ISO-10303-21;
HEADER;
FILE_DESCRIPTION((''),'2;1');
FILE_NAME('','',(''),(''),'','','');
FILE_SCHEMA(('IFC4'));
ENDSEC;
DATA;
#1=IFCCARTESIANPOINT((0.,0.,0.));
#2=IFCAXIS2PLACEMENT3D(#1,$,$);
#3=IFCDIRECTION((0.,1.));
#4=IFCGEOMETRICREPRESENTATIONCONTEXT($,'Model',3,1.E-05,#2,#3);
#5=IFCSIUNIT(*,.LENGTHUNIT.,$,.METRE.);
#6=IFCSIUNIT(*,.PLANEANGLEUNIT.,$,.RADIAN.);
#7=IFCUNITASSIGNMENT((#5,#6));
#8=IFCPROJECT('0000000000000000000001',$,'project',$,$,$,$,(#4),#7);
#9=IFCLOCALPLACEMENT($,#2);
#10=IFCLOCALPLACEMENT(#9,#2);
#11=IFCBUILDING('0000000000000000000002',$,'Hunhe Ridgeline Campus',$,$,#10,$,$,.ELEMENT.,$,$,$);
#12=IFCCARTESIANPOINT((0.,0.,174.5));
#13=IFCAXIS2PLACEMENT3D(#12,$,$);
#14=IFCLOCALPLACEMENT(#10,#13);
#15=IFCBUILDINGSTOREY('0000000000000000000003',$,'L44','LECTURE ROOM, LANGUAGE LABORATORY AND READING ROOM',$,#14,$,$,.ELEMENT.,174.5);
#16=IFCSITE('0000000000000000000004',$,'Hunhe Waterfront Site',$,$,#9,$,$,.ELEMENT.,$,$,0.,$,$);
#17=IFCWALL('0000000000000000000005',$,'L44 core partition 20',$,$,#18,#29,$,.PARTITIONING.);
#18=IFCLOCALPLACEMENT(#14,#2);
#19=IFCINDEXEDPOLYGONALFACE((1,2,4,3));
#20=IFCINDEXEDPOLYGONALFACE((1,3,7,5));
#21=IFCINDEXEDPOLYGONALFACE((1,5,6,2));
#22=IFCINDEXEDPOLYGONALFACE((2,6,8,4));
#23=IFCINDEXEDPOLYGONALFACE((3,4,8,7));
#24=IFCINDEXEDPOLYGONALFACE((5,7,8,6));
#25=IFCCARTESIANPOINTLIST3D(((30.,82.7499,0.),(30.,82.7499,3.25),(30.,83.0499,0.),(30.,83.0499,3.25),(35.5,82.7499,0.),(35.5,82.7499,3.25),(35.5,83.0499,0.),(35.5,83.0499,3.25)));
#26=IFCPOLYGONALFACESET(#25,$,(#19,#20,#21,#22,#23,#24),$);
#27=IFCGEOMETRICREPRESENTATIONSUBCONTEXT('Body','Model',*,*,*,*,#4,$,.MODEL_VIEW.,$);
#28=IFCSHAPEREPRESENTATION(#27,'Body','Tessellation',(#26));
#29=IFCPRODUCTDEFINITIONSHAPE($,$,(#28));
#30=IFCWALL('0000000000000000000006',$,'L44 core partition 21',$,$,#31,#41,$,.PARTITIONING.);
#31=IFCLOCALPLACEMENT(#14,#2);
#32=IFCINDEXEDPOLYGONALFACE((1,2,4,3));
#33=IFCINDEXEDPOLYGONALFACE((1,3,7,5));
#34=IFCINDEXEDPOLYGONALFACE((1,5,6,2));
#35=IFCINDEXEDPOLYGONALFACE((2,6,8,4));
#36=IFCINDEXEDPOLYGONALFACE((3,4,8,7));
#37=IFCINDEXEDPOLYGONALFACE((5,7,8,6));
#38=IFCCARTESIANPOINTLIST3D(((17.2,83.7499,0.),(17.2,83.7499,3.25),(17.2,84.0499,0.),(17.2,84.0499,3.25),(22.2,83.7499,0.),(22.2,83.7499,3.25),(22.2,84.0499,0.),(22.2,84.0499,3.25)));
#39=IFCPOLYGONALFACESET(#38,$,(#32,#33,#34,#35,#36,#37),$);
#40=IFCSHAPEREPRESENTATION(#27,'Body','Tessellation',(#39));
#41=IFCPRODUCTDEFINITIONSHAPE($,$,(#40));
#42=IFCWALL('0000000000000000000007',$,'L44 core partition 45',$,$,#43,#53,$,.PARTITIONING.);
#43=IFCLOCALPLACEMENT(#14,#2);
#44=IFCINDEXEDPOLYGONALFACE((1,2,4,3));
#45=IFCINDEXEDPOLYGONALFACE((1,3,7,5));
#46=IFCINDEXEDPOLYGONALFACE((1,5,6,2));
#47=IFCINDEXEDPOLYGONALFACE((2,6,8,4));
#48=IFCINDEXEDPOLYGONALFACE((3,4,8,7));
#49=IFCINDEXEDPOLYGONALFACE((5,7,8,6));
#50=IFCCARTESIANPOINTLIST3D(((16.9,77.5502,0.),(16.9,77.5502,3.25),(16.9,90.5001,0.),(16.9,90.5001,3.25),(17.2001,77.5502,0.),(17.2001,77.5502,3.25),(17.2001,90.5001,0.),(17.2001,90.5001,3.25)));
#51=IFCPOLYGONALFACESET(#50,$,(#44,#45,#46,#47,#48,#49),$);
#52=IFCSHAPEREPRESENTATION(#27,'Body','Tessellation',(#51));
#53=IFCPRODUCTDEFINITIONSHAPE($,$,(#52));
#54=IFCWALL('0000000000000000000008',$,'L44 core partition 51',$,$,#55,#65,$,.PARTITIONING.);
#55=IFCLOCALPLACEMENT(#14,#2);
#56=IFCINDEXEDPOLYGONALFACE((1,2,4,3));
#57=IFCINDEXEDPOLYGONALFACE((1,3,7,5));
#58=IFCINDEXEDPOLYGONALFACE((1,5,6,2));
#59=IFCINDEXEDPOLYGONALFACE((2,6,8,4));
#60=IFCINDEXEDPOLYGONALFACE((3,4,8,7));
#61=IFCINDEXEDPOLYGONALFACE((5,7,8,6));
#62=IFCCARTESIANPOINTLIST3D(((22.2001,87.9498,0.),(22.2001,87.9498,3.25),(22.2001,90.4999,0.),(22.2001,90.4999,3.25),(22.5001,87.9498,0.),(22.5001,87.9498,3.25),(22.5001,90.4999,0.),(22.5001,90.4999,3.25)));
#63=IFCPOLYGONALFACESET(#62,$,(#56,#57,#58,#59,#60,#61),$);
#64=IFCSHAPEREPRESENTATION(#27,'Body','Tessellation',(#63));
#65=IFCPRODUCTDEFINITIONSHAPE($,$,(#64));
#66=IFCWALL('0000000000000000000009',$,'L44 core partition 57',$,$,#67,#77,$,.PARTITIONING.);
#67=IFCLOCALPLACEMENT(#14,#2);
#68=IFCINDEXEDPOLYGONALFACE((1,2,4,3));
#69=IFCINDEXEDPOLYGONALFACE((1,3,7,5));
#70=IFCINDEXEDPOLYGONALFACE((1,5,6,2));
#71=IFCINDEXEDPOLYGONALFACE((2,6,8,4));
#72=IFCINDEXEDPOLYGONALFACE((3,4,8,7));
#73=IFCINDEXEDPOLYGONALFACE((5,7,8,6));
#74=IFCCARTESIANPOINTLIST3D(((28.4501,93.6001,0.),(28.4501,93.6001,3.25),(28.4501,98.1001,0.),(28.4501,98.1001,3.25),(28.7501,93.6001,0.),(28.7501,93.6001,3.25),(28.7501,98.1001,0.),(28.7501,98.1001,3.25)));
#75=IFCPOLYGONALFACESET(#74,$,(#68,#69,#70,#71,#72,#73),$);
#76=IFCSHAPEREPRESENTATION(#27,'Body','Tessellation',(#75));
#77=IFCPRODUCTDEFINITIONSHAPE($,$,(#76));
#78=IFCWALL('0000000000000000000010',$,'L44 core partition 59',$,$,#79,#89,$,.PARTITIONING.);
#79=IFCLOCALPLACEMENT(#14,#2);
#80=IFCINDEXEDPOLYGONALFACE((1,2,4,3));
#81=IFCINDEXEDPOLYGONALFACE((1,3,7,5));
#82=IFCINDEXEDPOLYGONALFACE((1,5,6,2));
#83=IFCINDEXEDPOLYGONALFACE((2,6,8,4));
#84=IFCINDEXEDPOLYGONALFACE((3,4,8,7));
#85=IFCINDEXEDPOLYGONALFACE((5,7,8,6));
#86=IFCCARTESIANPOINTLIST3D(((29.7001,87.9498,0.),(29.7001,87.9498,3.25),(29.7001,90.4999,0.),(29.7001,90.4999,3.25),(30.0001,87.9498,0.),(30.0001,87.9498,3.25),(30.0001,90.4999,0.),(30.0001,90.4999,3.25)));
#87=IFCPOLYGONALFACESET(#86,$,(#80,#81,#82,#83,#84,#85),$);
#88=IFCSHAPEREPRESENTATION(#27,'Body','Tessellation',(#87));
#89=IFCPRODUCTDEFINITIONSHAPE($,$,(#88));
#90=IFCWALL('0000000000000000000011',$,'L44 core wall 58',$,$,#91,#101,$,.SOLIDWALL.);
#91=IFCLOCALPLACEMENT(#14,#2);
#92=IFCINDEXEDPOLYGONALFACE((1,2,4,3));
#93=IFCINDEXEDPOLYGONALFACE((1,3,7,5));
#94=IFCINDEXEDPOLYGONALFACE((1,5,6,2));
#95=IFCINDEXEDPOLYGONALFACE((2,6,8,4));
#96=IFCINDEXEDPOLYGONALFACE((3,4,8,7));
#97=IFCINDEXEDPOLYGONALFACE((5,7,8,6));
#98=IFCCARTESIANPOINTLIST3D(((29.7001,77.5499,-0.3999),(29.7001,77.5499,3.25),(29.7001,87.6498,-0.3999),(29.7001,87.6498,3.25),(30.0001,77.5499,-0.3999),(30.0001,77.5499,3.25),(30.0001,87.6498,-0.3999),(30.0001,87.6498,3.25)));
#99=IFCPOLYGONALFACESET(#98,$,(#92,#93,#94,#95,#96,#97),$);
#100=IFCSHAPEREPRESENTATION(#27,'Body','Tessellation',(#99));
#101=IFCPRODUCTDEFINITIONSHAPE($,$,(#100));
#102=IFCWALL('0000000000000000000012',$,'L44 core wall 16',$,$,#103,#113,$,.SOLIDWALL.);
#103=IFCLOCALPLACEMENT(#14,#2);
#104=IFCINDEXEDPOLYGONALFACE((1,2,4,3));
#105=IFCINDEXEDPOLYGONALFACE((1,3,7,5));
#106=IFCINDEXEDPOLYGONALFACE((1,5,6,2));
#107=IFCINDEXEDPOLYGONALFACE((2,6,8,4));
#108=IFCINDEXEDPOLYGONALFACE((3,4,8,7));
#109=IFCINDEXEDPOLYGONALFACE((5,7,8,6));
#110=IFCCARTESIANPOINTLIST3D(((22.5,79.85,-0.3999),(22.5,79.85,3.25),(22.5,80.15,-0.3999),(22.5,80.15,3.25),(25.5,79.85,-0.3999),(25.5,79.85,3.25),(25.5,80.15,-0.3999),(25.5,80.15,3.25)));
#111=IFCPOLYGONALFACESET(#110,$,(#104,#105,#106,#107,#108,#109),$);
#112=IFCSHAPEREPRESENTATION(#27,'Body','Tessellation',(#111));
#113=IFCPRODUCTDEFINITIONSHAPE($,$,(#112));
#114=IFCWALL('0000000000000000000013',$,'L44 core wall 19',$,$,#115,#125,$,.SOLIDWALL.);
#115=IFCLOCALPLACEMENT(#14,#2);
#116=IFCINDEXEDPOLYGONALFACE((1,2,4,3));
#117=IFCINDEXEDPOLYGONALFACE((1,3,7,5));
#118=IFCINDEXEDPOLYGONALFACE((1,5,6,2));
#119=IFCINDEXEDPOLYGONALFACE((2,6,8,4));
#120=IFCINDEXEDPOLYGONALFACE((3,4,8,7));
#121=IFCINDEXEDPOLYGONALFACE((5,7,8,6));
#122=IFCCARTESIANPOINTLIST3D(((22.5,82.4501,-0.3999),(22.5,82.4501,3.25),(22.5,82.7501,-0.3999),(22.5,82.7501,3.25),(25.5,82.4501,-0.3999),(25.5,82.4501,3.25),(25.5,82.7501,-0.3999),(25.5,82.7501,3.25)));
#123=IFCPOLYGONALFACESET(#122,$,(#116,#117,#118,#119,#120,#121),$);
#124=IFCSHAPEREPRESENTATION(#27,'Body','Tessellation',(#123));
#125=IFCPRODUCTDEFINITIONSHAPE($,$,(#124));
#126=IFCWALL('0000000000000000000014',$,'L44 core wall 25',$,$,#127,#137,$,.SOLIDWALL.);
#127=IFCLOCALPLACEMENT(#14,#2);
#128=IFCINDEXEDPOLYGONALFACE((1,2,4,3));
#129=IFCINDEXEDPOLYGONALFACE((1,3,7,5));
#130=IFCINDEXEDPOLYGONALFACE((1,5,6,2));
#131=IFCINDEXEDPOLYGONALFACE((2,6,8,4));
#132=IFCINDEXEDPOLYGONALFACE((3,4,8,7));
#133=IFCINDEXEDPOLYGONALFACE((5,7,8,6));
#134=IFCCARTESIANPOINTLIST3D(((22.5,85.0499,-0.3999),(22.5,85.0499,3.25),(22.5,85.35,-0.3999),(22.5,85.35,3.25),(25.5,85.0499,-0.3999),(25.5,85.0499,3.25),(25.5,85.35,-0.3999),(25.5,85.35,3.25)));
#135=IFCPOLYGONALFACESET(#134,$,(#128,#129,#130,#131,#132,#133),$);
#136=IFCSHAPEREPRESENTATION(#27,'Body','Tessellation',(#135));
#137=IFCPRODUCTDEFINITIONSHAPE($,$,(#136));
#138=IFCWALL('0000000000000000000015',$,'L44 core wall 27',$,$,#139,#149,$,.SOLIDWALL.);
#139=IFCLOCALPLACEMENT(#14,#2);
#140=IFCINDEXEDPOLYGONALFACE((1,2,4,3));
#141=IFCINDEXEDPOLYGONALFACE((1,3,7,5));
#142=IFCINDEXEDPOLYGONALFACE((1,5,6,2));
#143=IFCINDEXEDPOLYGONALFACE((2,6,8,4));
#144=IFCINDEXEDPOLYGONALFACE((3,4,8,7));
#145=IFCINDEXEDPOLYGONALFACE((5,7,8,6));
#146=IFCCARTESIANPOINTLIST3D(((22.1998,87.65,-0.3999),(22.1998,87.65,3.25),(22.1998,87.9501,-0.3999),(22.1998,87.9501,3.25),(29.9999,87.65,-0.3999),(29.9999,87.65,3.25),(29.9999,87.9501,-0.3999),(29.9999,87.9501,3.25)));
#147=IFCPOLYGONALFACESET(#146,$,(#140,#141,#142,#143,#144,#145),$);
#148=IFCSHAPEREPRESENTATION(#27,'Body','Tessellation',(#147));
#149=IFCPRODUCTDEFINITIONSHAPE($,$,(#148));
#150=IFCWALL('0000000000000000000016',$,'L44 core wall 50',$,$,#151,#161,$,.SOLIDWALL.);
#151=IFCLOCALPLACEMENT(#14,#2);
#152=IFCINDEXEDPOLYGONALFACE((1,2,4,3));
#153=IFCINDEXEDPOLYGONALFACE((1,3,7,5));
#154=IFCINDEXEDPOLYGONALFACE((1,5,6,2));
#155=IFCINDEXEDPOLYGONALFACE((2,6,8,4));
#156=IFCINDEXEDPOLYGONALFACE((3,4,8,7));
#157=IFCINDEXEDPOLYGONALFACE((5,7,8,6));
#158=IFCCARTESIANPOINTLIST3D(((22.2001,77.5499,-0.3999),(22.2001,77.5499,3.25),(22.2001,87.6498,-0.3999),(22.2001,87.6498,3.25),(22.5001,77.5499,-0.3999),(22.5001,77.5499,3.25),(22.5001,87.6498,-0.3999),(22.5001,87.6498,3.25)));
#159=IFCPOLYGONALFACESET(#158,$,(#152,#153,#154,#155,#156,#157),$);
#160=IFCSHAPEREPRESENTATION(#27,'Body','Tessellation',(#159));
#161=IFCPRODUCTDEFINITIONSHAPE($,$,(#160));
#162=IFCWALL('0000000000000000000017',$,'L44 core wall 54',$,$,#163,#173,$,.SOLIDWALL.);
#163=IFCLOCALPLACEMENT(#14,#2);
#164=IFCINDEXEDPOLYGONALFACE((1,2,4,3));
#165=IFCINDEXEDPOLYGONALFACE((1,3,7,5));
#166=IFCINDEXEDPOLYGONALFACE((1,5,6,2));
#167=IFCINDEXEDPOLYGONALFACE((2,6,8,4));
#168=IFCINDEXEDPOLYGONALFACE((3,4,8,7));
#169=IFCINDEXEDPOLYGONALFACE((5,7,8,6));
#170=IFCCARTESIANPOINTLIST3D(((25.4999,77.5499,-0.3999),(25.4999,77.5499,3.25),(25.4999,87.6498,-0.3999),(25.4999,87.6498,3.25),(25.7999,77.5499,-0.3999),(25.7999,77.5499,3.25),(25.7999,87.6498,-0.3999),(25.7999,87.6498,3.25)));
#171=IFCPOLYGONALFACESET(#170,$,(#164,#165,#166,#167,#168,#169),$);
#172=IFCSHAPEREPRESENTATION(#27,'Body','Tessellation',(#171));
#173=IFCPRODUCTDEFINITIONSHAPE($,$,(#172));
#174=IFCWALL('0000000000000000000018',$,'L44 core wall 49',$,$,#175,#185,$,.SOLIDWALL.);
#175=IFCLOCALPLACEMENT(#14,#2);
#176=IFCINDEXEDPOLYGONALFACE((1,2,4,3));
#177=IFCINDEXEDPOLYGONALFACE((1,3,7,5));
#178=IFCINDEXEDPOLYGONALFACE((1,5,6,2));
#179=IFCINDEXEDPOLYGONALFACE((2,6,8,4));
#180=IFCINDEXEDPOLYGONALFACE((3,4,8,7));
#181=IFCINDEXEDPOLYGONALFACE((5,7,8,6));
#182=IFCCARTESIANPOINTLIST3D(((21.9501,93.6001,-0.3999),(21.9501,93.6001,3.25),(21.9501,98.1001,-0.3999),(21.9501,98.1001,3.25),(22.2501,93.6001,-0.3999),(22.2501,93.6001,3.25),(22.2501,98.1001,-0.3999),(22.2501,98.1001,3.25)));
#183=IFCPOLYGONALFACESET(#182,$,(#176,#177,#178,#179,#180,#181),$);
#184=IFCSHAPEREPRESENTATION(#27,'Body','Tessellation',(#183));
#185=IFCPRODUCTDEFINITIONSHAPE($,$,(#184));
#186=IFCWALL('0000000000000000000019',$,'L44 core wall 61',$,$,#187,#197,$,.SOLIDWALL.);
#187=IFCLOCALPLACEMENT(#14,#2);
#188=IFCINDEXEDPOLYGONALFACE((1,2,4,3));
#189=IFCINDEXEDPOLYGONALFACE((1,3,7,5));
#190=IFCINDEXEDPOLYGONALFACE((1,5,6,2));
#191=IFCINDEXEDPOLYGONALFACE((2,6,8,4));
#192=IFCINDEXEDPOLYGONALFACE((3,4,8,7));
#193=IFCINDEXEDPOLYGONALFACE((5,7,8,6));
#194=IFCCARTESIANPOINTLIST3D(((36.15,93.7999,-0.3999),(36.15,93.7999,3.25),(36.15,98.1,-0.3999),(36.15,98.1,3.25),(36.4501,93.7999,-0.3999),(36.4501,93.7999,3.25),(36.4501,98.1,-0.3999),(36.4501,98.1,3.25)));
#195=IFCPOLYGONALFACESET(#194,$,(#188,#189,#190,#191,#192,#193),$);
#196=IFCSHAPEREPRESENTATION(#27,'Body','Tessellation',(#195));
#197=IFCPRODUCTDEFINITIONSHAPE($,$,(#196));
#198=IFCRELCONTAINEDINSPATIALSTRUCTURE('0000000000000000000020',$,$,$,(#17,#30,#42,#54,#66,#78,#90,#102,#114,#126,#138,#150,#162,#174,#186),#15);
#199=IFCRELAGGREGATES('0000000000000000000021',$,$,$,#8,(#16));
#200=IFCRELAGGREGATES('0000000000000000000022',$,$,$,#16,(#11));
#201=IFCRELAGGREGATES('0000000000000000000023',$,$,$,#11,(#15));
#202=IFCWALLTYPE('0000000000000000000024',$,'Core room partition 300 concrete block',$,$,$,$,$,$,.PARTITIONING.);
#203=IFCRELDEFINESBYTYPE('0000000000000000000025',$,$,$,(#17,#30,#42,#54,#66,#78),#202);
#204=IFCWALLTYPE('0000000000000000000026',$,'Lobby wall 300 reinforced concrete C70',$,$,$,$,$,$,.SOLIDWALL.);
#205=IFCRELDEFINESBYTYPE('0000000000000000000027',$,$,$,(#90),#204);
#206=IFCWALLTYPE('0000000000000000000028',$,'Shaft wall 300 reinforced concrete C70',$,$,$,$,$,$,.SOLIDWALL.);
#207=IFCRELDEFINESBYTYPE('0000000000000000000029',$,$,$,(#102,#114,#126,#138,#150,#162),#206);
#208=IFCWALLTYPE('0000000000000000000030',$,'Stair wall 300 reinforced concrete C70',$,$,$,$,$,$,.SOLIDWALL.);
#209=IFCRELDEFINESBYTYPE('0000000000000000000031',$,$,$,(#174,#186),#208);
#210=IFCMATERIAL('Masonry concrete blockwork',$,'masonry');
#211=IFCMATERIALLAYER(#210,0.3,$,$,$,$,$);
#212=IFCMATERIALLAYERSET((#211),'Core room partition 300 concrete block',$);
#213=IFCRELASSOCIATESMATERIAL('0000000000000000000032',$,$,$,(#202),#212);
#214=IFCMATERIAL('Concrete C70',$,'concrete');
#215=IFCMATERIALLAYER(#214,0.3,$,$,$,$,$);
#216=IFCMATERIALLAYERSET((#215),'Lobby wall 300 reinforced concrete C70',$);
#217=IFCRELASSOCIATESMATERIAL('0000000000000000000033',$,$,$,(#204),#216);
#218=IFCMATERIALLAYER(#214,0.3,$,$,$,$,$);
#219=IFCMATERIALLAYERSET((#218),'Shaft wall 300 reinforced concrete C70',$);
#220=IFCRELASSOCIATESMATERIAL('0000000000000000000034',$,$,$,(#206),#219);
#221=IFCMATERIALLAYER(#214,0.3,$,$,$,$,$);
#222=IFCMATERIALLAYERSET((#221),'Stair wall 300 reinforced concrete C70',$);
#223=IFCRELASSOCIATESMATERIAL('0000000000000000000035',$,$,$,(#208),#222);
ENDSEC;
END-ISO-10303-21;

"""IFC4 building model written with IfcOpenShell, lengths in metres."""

from ifc_helpers import new_model, si_unit, direction, frame, frame_2d, origin, place, context, subcontext, project, spatial, rectangle, extrude, material, layer, layer_set, type_object, element, save


model = new_model("IFC4")

# Units and contexts
model_context = context("Model", 3, precision=1e-05, world=origin(), true_north=direction((0.0, 1.0)))
body_context = subcontext(model_context, "Body", "Model", "MODEL_VIEW")
ifc_project = project(units=[si_unit("LENGTHUNIT", "METRE"), si_unit("PLANEANGLEUNIT", "RADIAN")], contexts=[model_context])

# Site, building, storey
site_placement = place(None, origin())
site = spatial("IfcSite", under=ifc_project, at=site_placement, Name="Hunhe Waterfront Site", CompositionType="ELEMENT", RefElevation=0.0)
building_placement = place(site_placement, origin())
building = spatial("IfcBuilding", under=site, at=building_placement, Name="Hunhe Ridgeline Campus", CompositionType="ELEMENT")
storey_placement = place(building_placement, frame((0.0, 0.0, 174.5)))
storey = spatial("IfcBuildingStorey", under=building, at=storey_placement, Name="L44", Description="LECTURE ROOM, LANGUAGE LABORATORY AND READING ROOM", CompositionType="ELEMENT", Elevation=174.5)

# Shared definitions
ifc_material_1 = material(Name="Masonry concrete blockwork", Category="masonry")
ifc_layer_1 = layer(ifc_material_1, 0.3)
ifc_layer_set_1 = layer_set([ifc_layer_1], Name="Core room partition 300 concrete block")
wall_type_1 = type_object("IfcWallType", Name="Core room partition 300 concrete block", PredefinedType="PARTITIONING", material=ifc_layer_set_1)

# Walls
wall_1_placement = place(storey_placement, frame((30.0, 82.8999, 0.0), z_axis=(0.0, 0.0, 1.0), x_axis=(1.0, 0.0, 0.0)))
element("IfcWall", 1, at=wall_1_placement, inside=storey, type_object=wall_type_1, Name="L44 core partition 20", PredefinedType="PARTITIONING", context=body_context, shape_type="SweptSolid", body=[
    extrude(rectangle(XDim=5.5, YDim=0.3, at=frame_2d((2.75, 0.0))), origin(), (0.0, 0.0, 1.0), 3.25),
])
wall_2_placement = place(storey_placement, frame((17.2, 83.8999, 0.0), z_axis=(0.0, 0.0, 1.0), x_axis=(1.0, 0.0, 0.0)))
element("IfcWall", 2, at=wall_2_placement, inside=storey, type_object=wall_type_1, Name="L44 core partition 21", PredefinedType="PARTITIONING", context=body_context, shape_type="SweptSolid", body=[
    extrude(rectangle(XDim=5.0, YDim=0.3, at=frame_2d((2.5, 0.0))), origin(), (0.0, 0.0, 1.0), 3.25),
])
wall_3_placement = place(storey_placement, frame((17.05, 77.55, 0.0), z_axis=(0.0, 0.0, 1.0), x_axis=(0.0, 1.0, 0.0)))
element("IfcWall", 3, at=wall_3_placement, inside=storey, type_object=wall_type_1, Name="L44 core partition 45", PredefinedType="PARTITIONING", context=body_context, shape_type="SweptSolid", body=[
    extrude(rectangle(XDim=12.95, YDim=0.3, at=frame_2d((6.4751, 0.0))), origin(), (0.0, 0.0, 1.0), 3.25),
])
wall_4_placement = place(storey_placement, frame((22.3501, 87.95, 0.0), z_axis=(0.0, 0.0, 1.0), x_axis=(0.0, 1.0, 0.0)))
element("IfcWall", 4, at=wall_4_placement, inside=storey, type_object=wall_type_1, Name="L44 core partition 51", PredefinedType="PARTITIONING", context=body_context, shape_type="SweptSolid", body=[
    extrude(rectangle(XDim=2.55, YDim=0.3, at=frame_2d((1.2749, 0.0))), origin(), (0.0, 0.0, 1.0), 3.25),
])
wall_5_placement = place(storey_placement, frame((28.6001, 93.6001, 0.0), z_axis=(0.0, 0.0, 1.0), x_axis=(0.0, 1.0, 0.0)))
element("IfcWall", 5, at=wall_5_placement, inside=storey, type_object=wall_type_1, Name="L44 core partition 57", PredefinedType="PARTITIONING", context=body_context, shape_type="SweptSolid", body=[
    extrude(rectangle(XDim=4.5, YDim=0.3, at=frame_2d((2.25, 0.0))), origin(), (0.0, 0.0, 1.0), 3.25),
])
wall_6_placement = place(storey_placement, frame((29.8501, 87.95, 0.0), z_axis=(0.0, 0.0, 1.0), x_axis=(0.0, 1.0, 0.0)))
element("IfcWall", 6, at=wall_6_placement, inside=storey, type_object=wall_type_1, Name="L44 core partition 59", PredefinedType="PARTITIONING", context=body_context, shape_type="SweptSolid", body=[
    extrude(rectangle(XDim=2.55, YDim=0.3, at=frame_2d((1.2749, 0.0))), origin(), (0.0, 0.0, 1.0), 3.25),
])

# Walls
ifc_material_2 = material(Name="Concrete C70", Category="concrete")
ifc_layer_2 = layer(ifc_material_2, 0.3)
ifc_layer_set_2 = layer_set([ifc_layer_2], Name="Lobby wall 300 reinforced concrete C70")
wall_type_2 = type_object("IfcWallType", Name="Lobby wall 300 reinforced concrete C70", PredefinedType="SOLIDWALL", material=ifc_layer_set_2)
wall_7_placement = place(storey_placement, frame((29.8501, 77.55, -0.3999), z_axis=(0.0, 0.0, 1.0), x_axis=(0.0, 1.0, 0.0)))
element("IfcWall", 7, at=wall_7_placement, inside=storey, type_object=wall_type_2, Name="L44 core wall 58", PredefinedType="SOLIDWALL", context=body_context, shape_type="SweptSolid", body=[
    extrude(rectangle(XDim=10.0999, YDim=0.3, at=frame_2d((5.0498, 0.0))), origin(), (0.0, 0.0, 1.0), 3.6499),
])
ifc_layer_3 = layer(ifc_material_2, 0.3)
ifc_layer_set_3 = layer_set([ifc_layer_3], Name="Shaft wall 300 reinforced concrete C70")
wall_type_3 = type_object("IfcWallType", Name="Shaft wall 300 reinforced concrete C70", PredefinedType="SOLIDWALL", material=ifc_layer_set_3)
for number, where, z_axis, x_axis, name in (
    (8, (22.5, 80.0, -0.3999), (0.0, 0.0, 1.0), (1.0, 0.0, 0.0), "L44 core wall 16"),
    (9, (22.5, 82.6001, -0.3999), (0.0, 0.0, 1.0), (1.0, 0.0, 0.0), "L44 core wall 19"),
    (10, (22.5, 85.2, -0.3999), (0.0, 0.0, 1.0), (1.0, 0.0, 0.0), "L44 core wall 25"),
):
    element("IfcWall", number, at=place(storey_placement, frame(where, z_axis=z_axis, x_axis=x_axis)), inside=storey, type_object=wall_type_3, Name=name, PredefinedType="SOLIDWALL", context=body_context, shape_type="SweptSolid", body=[
        extrude(rectangle(XDim=3.0, YDim=0.3, at=frame_2d((1.5, 0.0))), origin(), (0.0, 0.0, 1.0), 3.6499),
    ])
wall_8_placement = place(storey_placement, frame((22.2, 87.8, -0.3999), z_axis=(0.0, 0.0, 1.0), x_axis=(1.0, 0.0, 0.0)))
element("IfcWall", 11, at=wall_8_placement, inside=storey, type_object=wall_type_3, Name="L44 core wall 27", PredefinedType="SOLIDWALL", context=body_context, shape_type="SweptSolid", body=[
    extrude(rectangle(XDim=7.8, YDim=0.3, at=frame_2d((3.8999, 0.0))), origin(), (0.0, 0.0, 1.0), 3.6499),
])
for number, where, z_axis, x_axis, name in (
    (12, (22.3501, 77.55, -0.3999), (0.0, 0.0, 1.0), (0.0, 1.0, 0.0), "L44 core wall 50"),
    (13, (25.6499, 77.55, -0.3999), (0.0, 0.0, 1.0), (0.0, 1.0, 0.0), "L44 core wall 54"),
):
    element("IfcWall", number, at=place(storey_placement, frame(where, z_axis=z_axis, x_axis=x_axis)), inside=storey, type_object=wall_type_3, Name=name, PredefinedType="SOLIDWALL", context=body_context, shape_type="SweptSolid", body=[
        extrude(rectangle(XDim=10.0999, YDim=0.3, at=frame_2d((5.0498, 0.0))), origin(), (0.0, 0.0, 1.0), 3.6499),
    ])

# Shared definitions
ifc_layer_4 = layer(ifc_material_2, 0.3)
ifc_layer_set_4 = layer_set([ifc_layer_4], Name="Stair wall 300 reinforced concrete C70")
wall_type_4 = type_object("IfcWallType", Name="Stair wall 300 reinforced concrete C70", PredefinedType="SOLIDWALL", material=ifc_layer_set_4)

# Walls
wall_9_placement = place(storey_placement, frame((22.1001, 93.6001, -0.3999), z_axis=(0.0, 0.0, 1.0), x_axis=(0.0, 1.0, 0.0)))
element("IfcWall", 14, at=wall_9_placement, inside=storey, type_object=wall_type_4, Name="L44 core wall 49", PredefinedType="SOLIDWALL", context=body_context, shape_type="SweptSolid", body=[
    extrude(rectangle(XDim=4.5, YDim=0.3, at=frame_2d((2.25, 0.0))), origin(), (0.0, 0.0, 1.0), 3.6499),
])
wall_10_placement = place(storey_placement, frame((36.3, 93.8, -0.3999), z_axis=(0.0, 0.0, 1.0), x_axis=(0.0, 1.0, 0.0)))
element("IfcWall", 15, at=wall_10_placement, inside=storey, type_object=wall_type_4, Name="L44 core wall 61", PredefinedType="SOLIDWALL", context=body_context, shape_type="SweptSolid", body=[
    extrude(rectangle(XDim=4.3, YDim=0.3, at=frame_2d((2.1499, 0.0))), origin(), (0.0, 0.0, 1.0), 3.6499),
])

save(model, "model.ifc")
